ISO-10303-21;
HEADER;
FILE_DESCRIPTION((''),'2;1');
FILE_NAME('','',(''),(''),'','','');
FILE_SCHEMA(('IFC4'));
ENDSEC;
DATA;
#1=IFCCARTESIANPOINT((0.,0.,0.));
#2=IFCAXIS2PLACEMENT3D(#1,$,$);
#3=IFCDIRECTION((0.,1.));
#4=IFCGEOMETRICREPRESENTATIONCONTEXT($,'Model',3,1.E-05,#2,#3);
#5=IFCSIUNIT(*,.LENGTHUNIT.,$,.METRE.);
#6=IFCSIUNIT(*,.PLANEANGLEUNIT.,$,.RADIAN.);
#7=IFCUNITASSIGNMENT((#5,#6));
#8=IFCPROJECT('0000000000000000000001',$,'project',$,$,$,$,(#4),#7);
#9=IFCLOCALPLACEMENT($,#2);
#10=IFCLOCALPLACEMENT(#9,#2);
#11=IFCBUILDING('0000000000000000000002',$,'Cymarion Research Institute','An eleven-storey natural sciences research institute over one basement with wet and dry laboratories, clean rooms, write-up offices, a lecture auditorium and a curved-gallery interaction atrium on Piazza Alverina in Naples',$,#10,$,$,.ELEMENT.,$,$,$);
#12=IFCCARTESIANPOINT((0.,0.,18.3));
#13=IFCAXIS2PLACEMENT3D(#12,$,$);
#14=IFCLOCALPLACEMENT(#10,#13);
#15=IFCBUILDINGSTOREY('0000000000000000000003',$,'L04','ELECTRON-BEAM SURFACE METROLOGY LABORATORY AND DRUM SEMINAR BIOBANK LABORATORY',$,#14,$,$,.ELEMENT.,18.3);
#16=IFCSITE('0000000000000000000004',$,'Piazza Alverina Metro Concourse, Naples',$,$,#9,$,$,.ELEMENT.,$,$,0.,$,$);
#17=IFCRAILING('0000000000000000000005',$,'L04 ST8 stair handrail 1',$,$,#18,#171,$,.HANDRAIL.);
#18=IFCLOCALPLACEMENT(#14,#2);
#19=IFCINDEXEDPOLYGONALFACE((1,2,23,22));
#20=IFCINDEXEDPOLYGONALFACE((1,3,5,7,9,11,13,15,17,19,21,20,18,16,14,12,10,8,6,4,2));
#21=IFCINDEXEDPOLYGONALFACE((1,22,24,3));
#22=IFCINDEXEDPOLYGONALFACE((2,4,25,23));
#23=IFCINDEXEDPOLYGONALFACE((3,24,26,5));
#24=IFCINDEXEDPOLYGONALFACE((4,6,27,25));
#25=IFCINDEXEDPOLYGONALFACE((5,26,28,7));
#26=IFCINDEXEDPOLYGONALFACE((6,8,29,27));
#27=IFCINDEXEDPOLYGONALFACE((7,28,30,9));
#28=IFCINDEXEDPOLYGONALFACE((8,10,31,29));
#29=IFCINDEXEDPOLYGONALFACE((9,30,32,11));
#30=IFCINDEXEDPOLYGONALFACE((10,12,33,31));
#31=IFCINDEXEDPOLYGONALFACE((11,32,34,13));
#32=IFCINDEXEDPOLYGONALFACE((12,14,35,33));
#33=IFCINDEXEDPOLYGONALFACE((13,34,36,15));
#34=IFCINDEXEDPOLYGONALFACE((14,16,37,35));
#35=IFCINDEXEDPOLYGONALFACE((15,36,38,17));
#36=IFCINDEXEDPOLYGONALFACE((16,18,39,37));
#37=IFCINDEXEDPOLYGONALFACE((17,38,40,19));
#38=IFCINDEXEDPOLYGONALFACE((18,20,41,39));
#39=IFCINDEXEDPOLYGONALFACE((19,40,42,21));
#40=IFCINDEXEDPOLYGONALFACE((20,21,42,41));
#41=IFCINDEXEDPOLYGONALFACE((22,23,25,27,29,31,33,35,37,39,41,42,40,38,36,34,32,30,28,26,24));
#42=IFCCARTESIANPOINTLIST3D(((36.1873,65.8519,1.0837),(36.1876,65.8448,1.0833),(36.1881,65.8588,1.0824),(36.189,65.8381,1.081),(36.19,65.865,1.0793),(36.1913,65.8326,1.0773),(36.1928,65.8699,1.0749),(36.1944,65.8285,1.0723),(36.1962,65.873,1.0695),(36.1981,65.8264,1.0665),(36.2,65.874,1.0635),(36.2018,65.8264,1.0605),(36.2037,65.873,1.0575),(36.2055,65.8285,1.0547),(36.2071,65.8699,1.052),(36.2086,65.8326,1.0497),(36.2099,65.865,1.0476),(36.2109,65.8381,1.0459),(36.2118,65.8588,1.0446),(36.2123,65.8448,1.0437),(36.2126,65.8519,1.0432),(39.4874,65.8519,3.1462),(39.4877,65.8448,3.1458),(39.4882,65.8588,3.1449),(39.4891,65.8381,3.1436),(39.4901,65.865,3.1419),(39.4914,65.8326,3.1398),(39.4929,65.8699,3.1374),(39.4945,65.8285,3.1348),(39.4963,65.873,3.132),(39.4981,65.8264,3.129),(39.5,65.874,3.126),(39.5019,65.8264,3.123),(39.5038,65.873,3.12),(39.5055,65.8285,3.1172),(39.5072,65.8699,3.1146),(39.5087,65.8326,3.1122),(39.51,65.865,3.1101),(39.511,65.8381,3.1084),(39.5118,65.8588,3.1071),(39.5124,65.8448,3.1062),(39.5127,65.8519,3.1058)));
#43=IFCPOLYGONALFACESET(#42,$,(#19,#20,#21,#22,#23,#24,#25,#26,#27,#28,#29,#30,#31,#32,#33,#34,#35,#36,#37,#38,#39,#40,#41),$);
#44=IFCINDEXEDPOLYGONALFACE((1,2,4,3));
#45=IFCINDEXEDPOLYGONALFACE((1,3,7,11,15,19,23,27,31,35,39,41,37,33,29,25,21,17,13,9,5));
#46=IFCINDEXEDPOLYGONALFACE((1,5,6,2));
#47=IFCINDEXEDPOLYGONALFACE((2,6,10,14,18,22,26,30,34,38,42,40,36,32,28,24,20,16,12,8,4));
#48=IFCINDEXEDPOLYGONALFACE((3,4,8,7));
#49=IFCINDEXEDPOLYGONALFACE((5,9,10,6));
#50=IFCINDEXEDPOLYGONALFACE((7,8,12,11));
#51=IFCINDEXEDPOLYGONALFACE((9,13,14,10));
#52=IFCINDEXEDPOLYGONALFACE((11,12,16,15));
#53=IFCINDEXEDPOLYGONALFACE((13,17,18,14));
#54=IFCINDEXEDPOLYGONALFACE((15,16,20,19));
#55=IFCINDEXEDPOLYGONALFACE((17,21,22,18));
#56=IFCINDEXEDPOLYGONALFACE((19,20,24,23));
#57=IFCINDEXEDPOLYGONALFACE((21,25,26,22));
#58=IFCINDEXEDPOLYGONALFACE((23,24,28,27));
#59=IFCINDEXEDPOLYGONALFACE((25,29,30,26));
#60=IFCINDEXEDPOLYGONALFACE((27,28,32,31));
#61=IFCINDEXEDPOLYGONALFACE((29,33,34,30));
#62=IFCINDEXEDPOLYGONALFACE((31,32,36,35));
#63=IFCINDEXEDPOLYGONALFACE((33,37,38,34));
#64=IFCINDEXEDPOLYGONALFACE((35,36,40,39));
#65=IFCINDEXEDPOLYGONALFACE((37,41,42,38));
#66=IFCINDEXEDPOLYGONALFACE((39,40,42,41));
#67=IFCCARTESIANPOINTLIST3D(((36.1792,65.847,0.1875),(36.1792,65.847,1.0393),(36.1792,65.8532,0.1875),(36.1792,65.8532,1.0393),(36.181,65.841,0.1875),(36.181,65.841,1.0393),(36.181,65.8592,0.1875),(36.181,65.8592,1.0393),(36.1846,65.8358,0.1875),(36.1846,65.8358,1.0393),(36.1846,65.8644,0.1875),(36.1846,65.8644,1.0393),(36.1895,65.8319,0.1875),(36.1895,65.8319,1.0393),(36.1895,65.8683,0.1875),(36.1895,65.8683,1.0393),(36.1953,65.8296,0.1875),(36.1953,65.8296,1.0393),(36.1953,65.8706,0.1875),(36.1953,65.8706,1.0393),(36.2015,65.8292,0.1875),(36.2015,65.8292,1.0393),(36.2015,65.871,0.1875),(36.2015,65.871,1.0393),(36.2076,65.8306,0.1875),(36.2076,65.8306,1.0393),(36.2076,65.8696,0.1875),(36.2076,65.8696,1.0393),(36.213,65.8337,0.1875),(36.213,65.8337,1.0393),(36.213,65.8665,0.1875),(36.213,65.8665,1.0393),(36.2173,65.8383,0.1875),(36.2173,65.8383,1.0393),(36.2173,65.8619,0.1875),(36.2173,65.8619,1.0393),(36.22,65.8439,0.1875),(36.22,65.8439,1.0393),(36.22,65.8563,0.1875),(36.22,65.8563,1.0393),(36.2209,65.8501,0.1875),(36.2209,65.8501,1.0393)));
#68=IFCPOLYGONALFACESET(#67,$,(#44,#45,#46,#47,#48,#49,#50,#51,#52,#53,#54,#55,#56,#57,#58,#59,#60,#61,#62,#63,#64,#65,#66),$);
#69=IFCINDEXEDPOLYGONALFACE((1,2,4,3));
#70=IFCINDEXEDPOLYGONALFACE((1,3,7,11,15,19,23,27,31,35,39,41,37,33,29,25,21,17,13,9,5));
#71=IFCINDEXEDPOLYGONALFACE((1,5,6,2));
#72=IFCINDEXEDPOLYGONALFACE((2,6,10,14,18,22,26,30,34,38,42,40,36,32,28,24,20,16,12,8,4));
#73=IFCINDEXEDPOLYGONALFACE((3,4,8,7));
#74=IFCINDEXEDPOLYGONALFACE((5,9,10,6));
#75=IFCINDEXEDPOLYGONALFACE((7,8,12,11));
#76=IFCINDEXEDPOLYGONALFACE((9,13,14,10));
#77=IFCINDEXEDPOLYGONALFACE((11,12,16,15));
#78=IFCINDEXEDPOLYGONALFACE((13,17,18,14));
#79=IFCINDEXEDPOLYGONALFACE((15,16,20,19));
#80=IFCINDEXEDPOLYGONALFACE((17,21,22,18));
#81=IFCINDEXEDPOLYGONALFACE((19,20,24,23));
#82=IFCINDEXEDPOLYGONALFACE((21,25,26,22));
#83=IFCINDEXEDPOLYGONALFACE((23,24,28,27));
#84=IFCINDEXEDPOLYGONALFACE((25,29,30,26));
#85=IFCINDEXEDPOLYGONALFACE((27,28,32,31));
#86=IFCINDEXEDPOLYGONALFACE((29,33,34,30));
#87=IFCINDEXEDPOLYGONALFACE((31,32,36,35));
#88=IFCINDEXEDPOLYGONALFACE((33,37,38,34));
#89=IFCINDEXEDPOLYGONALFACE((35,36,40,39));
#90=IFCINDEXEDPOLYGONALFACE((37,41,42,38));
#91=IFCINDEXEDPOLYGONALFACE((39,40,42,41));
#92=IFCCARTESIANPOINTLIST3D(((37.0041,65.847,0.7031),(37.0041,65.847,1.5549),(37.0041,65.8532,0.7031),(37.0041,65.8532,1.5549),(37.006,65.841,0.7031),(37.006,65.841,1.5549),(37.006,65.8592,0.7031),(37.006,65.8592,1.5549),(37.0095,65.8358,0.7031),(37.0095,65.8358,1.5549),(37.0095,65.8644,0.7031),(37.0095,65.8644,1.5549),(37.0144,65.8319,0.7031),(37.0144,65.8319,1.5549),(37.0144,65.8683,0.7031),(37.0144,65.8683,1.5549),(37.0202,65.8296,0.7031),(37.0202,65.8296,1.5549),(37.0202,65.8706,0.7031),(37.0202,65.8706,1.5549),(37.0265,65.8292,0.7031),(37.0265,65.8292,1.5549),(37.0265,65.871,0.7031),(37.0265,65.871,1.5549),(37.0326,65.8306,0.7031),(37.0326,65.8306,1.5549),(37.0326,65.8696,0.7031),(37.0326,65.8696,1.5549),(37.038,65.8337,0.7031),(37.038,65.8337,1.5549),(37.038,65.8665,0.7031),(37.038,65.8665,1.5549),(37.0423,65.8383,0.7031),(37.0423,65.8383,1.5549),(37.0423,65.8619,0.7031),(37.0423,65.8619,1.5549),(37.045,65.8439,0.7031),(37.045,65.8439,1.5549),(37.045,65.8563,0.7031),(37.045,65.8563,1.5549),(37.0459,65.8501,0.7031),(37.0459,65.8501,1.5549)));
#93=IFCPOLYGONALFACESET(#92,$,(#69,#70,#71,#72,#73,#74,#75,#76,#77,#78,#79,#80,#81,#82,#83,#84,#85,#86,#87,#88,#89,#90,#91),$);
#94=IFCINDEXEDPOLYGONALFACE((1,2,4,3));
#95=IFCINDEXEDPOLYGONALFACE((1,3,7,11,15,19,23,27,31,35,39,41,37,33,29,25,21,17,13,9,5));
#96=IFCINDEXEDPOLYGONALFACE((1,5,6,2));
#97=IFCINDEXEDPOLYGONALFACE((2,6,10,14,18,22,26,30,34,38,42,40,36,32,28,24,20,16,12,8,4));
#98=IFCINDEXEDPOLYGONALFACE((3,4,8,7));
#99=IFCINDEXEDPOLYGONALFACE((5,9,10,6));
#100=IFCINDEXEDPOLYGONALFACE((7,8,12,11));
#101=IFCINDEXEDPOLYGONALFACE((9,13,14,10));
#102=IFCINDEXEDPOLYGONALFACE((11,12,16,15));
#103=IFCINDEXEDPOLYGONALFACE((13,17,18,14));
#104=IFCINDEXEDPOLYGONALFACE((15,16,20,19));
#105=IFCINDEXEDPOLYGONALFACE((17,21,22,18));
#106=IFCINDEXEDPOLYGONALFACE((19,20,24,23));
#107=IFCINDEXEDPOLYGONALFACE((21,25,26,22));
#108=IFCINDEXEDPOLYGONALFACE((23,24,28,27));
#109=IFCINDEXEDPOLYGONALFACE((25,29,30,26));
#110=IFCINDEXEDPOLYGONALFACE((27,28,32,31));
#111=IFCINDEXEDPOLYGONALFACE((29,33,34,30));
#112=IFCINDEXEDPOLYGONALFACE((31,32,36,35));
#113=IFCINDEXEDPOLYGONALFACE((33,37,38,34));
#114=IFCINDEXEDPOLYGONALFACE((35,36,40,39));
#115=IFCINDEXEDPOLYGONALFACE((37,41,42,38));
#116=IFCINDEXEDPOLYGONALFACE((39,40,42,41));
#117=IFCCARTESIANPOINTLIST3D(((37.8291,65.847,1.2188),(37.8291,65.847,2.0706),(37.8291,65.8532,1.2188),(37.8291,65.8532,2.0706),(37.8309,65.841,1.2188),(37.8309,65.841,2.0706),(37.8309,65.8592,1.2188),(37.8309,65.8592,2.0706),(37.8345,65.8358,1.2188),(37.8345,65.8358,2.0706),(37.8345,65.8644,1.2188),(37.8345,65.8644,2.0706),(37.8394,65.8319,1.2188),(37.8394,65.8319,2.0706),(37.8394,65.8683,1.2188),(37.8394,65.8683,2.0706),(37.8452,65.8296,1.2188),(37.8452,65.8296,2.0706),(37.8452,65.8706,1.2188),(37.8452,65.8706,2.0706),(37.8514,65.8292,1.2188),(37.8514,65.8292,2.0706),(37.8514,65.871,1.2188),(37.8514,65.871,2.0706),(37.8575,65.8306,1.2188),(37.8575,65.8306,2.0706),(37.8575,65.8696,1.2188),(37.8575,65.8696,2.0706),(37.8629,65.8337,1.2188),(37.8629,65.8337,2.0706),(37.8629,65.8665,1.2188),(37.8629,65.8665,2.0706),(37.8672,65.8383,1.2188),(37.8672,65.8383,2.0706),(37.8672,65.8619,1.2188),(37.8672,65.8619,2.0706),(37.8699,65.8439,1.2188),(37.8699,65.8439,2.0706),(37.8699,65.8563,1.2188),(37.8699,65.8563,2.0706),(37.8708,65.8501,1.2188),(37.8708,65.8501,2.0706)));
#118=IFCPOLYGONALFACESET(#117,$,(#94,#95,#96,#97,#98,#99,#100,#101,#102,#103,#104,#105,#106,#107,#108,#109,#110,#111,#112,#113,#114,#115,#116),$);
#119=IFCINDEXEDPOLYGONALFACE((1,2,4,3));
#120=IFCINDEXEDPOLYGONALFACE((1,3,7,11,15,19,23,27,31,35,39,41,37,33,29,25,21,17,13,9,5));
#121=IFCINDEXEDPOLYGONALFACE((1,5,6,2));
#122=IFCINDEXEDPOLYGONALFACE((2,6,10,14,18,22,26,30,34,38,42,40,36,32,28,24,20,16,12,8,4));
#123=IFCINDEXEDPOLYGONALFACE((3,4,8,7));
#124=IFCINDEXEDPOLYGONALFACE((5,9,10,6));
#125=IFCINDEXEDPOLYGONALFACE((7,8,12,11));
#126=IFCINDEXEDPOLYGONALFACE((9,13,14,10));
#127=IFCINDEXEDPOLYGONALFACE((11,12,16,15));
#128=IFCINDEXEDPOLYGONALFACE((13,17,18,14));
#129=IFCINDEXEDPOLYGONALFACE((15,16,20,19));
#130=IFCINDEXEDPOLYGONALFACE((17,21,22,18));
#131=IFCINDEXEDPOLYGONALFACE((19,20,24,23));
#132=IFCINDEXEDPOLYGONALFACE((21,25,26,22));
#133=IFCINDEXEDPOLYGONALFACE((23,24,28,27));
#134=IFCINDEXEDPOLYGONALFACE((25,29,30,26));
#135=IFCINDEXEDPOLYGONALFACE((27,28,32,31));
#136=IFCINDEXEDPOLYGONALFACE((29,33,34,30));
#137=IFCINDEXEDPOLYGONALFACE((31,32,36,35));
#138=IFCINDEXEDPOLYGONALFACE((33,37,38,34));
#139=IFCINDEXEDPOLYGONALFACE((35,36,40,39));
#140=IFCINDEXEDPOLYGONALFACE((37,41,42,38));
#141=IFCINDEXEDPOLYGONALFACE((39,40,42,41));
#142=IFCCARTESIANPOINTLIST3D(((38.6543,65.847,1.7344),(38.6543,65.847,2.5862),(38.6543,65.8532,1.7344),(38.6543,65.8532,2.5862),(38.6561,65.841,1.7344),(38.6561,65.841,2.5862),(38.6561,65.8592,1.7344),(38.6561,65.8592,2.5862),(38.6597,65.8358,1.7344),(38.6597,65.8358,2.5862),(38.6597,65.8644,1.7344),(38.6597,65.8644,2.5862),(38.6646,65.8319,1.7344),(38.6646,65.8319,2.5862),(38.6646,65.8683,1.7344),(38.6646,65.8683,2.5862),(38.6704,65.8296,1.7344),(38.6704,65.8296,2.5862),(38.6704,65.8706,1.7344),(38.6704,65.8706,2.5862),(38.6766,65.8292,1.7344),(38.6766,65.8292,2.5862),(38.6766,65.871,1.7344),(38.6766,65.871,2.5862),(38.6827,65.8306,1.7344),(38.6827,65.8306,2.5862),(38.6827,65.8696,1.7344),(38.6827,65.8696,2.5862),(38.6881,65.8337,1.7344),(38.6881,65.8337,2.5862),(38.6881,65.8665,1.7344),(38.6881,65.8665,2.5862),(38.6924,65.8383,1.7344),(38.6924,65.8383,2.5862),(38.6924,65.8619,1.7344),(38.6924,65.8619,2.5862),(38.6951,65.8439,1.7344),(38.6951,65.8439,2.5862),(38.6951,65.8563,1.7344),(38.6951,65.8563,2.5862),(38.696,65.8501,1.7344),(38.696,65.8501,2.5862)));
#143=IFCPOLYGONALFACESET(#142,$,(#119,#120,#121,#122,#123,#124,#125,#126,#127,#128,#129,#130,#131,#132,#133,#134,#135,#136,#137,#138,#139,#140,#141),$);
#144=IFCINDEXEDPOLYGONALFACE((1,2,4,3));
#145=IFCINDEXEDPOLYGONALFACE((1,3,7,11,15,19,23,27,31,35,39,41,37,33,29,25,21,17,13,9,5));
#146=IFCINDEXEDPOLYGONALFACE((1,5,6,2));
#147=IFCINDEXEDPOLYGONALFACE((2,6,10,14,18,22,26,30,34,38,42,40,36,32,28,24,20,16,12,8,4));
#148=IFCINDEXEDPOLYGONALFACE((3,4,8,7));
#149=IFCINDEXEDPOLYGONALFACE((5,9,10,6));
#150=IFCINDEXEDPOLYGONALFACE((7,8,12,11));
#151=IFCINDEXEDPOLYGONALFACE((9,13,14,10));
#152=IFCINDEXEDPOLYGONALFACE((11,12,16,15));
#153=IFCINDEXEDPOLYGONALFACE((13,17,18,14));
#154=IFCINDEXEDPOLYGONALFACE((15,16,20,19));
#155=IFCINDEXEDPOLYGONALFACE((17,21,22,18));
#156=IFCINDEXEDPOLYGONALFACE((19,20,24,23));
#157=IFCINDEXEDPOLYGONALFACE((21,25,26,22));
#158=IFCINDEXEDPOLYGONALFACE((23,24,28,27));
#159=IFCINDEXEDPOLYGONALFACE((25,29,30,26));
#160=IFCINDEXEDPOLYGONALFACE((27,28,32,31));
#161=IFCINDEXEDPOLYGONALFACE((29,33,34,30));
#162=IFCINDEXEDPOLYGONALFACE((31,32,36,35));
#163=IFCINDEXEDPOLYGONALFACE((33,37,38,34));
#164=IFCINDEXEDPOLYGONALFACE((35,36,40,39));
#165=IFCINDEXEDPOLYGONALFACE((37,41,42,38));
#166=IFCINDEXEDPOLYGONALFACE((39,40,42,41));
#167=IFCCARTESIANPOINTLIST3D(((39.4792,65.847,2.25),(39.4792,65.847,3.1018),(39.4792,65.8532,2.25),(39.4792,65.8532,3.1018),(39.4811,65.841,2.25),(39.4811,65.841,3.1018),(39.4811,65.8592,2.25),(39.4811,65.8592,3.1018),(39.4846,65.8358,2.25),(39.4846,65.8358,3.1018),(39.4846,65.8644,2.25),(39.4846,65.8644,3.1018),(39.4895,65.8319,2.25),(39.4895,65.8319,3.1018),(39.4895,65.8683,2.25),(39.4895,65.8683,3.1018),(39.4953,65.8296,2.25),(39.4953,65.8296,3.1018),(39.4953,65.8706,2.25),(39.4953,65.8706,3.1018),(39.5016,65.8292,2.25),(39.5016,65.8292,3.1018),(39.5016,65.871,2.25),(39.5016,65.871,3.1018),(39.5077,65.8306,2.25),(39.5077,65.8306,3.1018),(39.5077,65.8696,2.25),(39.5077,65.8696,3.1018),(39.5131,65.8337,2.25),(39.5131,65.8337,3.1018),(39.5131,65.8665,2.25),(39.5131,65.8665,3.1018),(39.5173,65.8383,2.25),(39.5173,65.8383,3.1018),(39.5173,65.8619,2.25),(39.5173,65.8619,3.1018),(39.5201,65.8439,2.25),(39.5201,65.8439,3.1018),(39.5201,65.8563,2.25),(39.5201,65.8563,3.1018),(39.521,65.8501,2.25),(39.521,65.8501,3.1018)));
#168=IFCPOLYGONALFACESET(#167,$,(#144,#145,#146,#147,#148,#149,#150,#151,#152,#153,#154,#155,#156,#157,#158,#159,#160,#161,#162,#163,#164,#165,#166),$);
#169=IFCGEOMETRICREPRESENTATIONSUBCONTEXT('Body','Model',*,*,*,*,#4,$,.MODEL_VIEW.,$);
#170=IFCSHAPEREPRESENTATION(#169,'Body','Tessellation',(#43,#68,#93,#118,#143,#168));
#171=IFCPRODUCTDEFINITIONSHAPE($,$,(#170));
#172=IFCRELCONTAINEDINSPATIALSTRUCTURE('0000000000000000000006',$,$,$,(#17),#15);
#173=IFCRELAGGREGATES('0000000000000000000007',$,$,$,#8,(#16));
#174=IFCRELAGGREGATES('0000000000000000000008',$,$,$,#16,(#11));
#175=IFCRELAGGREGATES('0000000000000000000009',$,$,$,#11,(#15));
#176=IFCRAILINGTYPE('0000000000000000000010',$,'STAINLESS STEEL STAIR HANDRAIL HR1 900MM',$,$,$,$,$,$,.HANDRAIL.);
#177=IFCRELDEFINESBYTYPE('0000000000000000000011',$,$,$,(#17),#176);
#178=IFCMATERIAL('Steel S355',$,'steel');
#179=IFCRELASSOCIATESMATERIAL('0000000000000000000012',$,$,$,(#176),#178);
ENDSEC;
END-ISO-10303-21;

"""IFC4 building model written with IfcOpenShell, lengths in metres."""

from ifc_helpers import new_model, si_unit, direction, frame, origin, origin_2d, place, context, subcontext, project, spatial, circle, extrude, material, type_object, element, save


model = new_model("IFC4")

# Units and contexts
model_context = context("Model", 3, precision=1e-05, world=origin(), true_north=direction((0.0, 1.0)))
body_context = subcontext(model_context, "Body", "Model", "MODEL_VIEW")
ifc_project = project(units=[si_unit("LENGTHUNIT", "METRE"), si_unit("PLANEANGLEUNIT", "RADIAN")], contexts=[model_context])

# Site, building, storey
site_placement = place(None, origin())
site = spatial("IfcSite", under=ifc_project, at=site_placement, Name="Piazza Alverina Metro Concourse, Naples", CompositionType="ELEMENT", RefElevation=0.0)
building_placement = place(site_placement, origin())
building = spatial("IfcBuilding", under=site, at=building_placement, Name="Cymarion Research Institute", Description="An eleven-storey natural sciences research institute over one basement with wet and dry laboratories, clean rooms, write-up offices, a lecture auditorium and a curved-gallery interaction atrium on Piazza Alverina in Naples", CompositionType="ELEMENT")
storey_placement = place(building_placement, frame((0.0, 0.0, 18.3)))
storey = spatial("IfcBuildingStorey", under=building, at=storey_placement, Name="L04", Description="ELECTRON-BEAM SURFACE METROLOGY LABORATORY AND DRUM SEMINAR BIOBANK LABORATORY", CompositionType="ELEMENT", Elevation=18.3)

# Shared definitions
ifc_material_1 = material(Name="Steel S355", Category="steel")

# Railing
railing_type_1 = type_object("IfcRailingType", Name="STAINLESS STEEL STAIR HANDRAIL HR1 900MM", PredefinedType="HANDRAIL", material=ifc_material_1)
railing_1_placement = place(storey_placement, frame((36.2, 65.8501, 0.1875)))
element("IfcRailing", 1, at=railing_1_placement, inside=storey, type_object=railing_type_1, Name="L04 ST8 stair handrail 1", PredefinedType="HANDRAIL", context=body_context, shape_type="SweptSolid", body=[
    extrude(circle(Radius=0.0239, at=origin_2d()), frame((0.0, 0.0, 0.876), z_axis=(0.848002, 0.0, 0.529993), x_axis=(0.0, 1.0, 0.0)), (0.0, 0.0, 1.0), 3.8916),
    extrude(circle(Radius=0.021, at=origin_2d()), origin(), (0.0, 0.0, 1.0), 0.8518),
    extrude(circle(Radius=0.021, at=origin_2d()), frame((0.825, 0.0, 0.5156)), (0.0, 0.0, 1.0), 0.8518),
    extrude(circle(Radius=0.021, at=origin_2d()), frame((1.6499, 0.0, 1.0312)), (0.0, 0.0, 1.0), 0.8518),
    extrude(circle(Radius=0.021, at=origin_2d()), frame((2.4751, 0.0, 1.5469)), (0.0, 0.0, 1.0), 0.8518),
    extrude(circle(Radius=0.021, at=origin_2d()), frame((3.3, 0.0, 2.0625)), (0.0, 0.0, 1.0), 0.8518),
])

save(model, "model.ifc")
